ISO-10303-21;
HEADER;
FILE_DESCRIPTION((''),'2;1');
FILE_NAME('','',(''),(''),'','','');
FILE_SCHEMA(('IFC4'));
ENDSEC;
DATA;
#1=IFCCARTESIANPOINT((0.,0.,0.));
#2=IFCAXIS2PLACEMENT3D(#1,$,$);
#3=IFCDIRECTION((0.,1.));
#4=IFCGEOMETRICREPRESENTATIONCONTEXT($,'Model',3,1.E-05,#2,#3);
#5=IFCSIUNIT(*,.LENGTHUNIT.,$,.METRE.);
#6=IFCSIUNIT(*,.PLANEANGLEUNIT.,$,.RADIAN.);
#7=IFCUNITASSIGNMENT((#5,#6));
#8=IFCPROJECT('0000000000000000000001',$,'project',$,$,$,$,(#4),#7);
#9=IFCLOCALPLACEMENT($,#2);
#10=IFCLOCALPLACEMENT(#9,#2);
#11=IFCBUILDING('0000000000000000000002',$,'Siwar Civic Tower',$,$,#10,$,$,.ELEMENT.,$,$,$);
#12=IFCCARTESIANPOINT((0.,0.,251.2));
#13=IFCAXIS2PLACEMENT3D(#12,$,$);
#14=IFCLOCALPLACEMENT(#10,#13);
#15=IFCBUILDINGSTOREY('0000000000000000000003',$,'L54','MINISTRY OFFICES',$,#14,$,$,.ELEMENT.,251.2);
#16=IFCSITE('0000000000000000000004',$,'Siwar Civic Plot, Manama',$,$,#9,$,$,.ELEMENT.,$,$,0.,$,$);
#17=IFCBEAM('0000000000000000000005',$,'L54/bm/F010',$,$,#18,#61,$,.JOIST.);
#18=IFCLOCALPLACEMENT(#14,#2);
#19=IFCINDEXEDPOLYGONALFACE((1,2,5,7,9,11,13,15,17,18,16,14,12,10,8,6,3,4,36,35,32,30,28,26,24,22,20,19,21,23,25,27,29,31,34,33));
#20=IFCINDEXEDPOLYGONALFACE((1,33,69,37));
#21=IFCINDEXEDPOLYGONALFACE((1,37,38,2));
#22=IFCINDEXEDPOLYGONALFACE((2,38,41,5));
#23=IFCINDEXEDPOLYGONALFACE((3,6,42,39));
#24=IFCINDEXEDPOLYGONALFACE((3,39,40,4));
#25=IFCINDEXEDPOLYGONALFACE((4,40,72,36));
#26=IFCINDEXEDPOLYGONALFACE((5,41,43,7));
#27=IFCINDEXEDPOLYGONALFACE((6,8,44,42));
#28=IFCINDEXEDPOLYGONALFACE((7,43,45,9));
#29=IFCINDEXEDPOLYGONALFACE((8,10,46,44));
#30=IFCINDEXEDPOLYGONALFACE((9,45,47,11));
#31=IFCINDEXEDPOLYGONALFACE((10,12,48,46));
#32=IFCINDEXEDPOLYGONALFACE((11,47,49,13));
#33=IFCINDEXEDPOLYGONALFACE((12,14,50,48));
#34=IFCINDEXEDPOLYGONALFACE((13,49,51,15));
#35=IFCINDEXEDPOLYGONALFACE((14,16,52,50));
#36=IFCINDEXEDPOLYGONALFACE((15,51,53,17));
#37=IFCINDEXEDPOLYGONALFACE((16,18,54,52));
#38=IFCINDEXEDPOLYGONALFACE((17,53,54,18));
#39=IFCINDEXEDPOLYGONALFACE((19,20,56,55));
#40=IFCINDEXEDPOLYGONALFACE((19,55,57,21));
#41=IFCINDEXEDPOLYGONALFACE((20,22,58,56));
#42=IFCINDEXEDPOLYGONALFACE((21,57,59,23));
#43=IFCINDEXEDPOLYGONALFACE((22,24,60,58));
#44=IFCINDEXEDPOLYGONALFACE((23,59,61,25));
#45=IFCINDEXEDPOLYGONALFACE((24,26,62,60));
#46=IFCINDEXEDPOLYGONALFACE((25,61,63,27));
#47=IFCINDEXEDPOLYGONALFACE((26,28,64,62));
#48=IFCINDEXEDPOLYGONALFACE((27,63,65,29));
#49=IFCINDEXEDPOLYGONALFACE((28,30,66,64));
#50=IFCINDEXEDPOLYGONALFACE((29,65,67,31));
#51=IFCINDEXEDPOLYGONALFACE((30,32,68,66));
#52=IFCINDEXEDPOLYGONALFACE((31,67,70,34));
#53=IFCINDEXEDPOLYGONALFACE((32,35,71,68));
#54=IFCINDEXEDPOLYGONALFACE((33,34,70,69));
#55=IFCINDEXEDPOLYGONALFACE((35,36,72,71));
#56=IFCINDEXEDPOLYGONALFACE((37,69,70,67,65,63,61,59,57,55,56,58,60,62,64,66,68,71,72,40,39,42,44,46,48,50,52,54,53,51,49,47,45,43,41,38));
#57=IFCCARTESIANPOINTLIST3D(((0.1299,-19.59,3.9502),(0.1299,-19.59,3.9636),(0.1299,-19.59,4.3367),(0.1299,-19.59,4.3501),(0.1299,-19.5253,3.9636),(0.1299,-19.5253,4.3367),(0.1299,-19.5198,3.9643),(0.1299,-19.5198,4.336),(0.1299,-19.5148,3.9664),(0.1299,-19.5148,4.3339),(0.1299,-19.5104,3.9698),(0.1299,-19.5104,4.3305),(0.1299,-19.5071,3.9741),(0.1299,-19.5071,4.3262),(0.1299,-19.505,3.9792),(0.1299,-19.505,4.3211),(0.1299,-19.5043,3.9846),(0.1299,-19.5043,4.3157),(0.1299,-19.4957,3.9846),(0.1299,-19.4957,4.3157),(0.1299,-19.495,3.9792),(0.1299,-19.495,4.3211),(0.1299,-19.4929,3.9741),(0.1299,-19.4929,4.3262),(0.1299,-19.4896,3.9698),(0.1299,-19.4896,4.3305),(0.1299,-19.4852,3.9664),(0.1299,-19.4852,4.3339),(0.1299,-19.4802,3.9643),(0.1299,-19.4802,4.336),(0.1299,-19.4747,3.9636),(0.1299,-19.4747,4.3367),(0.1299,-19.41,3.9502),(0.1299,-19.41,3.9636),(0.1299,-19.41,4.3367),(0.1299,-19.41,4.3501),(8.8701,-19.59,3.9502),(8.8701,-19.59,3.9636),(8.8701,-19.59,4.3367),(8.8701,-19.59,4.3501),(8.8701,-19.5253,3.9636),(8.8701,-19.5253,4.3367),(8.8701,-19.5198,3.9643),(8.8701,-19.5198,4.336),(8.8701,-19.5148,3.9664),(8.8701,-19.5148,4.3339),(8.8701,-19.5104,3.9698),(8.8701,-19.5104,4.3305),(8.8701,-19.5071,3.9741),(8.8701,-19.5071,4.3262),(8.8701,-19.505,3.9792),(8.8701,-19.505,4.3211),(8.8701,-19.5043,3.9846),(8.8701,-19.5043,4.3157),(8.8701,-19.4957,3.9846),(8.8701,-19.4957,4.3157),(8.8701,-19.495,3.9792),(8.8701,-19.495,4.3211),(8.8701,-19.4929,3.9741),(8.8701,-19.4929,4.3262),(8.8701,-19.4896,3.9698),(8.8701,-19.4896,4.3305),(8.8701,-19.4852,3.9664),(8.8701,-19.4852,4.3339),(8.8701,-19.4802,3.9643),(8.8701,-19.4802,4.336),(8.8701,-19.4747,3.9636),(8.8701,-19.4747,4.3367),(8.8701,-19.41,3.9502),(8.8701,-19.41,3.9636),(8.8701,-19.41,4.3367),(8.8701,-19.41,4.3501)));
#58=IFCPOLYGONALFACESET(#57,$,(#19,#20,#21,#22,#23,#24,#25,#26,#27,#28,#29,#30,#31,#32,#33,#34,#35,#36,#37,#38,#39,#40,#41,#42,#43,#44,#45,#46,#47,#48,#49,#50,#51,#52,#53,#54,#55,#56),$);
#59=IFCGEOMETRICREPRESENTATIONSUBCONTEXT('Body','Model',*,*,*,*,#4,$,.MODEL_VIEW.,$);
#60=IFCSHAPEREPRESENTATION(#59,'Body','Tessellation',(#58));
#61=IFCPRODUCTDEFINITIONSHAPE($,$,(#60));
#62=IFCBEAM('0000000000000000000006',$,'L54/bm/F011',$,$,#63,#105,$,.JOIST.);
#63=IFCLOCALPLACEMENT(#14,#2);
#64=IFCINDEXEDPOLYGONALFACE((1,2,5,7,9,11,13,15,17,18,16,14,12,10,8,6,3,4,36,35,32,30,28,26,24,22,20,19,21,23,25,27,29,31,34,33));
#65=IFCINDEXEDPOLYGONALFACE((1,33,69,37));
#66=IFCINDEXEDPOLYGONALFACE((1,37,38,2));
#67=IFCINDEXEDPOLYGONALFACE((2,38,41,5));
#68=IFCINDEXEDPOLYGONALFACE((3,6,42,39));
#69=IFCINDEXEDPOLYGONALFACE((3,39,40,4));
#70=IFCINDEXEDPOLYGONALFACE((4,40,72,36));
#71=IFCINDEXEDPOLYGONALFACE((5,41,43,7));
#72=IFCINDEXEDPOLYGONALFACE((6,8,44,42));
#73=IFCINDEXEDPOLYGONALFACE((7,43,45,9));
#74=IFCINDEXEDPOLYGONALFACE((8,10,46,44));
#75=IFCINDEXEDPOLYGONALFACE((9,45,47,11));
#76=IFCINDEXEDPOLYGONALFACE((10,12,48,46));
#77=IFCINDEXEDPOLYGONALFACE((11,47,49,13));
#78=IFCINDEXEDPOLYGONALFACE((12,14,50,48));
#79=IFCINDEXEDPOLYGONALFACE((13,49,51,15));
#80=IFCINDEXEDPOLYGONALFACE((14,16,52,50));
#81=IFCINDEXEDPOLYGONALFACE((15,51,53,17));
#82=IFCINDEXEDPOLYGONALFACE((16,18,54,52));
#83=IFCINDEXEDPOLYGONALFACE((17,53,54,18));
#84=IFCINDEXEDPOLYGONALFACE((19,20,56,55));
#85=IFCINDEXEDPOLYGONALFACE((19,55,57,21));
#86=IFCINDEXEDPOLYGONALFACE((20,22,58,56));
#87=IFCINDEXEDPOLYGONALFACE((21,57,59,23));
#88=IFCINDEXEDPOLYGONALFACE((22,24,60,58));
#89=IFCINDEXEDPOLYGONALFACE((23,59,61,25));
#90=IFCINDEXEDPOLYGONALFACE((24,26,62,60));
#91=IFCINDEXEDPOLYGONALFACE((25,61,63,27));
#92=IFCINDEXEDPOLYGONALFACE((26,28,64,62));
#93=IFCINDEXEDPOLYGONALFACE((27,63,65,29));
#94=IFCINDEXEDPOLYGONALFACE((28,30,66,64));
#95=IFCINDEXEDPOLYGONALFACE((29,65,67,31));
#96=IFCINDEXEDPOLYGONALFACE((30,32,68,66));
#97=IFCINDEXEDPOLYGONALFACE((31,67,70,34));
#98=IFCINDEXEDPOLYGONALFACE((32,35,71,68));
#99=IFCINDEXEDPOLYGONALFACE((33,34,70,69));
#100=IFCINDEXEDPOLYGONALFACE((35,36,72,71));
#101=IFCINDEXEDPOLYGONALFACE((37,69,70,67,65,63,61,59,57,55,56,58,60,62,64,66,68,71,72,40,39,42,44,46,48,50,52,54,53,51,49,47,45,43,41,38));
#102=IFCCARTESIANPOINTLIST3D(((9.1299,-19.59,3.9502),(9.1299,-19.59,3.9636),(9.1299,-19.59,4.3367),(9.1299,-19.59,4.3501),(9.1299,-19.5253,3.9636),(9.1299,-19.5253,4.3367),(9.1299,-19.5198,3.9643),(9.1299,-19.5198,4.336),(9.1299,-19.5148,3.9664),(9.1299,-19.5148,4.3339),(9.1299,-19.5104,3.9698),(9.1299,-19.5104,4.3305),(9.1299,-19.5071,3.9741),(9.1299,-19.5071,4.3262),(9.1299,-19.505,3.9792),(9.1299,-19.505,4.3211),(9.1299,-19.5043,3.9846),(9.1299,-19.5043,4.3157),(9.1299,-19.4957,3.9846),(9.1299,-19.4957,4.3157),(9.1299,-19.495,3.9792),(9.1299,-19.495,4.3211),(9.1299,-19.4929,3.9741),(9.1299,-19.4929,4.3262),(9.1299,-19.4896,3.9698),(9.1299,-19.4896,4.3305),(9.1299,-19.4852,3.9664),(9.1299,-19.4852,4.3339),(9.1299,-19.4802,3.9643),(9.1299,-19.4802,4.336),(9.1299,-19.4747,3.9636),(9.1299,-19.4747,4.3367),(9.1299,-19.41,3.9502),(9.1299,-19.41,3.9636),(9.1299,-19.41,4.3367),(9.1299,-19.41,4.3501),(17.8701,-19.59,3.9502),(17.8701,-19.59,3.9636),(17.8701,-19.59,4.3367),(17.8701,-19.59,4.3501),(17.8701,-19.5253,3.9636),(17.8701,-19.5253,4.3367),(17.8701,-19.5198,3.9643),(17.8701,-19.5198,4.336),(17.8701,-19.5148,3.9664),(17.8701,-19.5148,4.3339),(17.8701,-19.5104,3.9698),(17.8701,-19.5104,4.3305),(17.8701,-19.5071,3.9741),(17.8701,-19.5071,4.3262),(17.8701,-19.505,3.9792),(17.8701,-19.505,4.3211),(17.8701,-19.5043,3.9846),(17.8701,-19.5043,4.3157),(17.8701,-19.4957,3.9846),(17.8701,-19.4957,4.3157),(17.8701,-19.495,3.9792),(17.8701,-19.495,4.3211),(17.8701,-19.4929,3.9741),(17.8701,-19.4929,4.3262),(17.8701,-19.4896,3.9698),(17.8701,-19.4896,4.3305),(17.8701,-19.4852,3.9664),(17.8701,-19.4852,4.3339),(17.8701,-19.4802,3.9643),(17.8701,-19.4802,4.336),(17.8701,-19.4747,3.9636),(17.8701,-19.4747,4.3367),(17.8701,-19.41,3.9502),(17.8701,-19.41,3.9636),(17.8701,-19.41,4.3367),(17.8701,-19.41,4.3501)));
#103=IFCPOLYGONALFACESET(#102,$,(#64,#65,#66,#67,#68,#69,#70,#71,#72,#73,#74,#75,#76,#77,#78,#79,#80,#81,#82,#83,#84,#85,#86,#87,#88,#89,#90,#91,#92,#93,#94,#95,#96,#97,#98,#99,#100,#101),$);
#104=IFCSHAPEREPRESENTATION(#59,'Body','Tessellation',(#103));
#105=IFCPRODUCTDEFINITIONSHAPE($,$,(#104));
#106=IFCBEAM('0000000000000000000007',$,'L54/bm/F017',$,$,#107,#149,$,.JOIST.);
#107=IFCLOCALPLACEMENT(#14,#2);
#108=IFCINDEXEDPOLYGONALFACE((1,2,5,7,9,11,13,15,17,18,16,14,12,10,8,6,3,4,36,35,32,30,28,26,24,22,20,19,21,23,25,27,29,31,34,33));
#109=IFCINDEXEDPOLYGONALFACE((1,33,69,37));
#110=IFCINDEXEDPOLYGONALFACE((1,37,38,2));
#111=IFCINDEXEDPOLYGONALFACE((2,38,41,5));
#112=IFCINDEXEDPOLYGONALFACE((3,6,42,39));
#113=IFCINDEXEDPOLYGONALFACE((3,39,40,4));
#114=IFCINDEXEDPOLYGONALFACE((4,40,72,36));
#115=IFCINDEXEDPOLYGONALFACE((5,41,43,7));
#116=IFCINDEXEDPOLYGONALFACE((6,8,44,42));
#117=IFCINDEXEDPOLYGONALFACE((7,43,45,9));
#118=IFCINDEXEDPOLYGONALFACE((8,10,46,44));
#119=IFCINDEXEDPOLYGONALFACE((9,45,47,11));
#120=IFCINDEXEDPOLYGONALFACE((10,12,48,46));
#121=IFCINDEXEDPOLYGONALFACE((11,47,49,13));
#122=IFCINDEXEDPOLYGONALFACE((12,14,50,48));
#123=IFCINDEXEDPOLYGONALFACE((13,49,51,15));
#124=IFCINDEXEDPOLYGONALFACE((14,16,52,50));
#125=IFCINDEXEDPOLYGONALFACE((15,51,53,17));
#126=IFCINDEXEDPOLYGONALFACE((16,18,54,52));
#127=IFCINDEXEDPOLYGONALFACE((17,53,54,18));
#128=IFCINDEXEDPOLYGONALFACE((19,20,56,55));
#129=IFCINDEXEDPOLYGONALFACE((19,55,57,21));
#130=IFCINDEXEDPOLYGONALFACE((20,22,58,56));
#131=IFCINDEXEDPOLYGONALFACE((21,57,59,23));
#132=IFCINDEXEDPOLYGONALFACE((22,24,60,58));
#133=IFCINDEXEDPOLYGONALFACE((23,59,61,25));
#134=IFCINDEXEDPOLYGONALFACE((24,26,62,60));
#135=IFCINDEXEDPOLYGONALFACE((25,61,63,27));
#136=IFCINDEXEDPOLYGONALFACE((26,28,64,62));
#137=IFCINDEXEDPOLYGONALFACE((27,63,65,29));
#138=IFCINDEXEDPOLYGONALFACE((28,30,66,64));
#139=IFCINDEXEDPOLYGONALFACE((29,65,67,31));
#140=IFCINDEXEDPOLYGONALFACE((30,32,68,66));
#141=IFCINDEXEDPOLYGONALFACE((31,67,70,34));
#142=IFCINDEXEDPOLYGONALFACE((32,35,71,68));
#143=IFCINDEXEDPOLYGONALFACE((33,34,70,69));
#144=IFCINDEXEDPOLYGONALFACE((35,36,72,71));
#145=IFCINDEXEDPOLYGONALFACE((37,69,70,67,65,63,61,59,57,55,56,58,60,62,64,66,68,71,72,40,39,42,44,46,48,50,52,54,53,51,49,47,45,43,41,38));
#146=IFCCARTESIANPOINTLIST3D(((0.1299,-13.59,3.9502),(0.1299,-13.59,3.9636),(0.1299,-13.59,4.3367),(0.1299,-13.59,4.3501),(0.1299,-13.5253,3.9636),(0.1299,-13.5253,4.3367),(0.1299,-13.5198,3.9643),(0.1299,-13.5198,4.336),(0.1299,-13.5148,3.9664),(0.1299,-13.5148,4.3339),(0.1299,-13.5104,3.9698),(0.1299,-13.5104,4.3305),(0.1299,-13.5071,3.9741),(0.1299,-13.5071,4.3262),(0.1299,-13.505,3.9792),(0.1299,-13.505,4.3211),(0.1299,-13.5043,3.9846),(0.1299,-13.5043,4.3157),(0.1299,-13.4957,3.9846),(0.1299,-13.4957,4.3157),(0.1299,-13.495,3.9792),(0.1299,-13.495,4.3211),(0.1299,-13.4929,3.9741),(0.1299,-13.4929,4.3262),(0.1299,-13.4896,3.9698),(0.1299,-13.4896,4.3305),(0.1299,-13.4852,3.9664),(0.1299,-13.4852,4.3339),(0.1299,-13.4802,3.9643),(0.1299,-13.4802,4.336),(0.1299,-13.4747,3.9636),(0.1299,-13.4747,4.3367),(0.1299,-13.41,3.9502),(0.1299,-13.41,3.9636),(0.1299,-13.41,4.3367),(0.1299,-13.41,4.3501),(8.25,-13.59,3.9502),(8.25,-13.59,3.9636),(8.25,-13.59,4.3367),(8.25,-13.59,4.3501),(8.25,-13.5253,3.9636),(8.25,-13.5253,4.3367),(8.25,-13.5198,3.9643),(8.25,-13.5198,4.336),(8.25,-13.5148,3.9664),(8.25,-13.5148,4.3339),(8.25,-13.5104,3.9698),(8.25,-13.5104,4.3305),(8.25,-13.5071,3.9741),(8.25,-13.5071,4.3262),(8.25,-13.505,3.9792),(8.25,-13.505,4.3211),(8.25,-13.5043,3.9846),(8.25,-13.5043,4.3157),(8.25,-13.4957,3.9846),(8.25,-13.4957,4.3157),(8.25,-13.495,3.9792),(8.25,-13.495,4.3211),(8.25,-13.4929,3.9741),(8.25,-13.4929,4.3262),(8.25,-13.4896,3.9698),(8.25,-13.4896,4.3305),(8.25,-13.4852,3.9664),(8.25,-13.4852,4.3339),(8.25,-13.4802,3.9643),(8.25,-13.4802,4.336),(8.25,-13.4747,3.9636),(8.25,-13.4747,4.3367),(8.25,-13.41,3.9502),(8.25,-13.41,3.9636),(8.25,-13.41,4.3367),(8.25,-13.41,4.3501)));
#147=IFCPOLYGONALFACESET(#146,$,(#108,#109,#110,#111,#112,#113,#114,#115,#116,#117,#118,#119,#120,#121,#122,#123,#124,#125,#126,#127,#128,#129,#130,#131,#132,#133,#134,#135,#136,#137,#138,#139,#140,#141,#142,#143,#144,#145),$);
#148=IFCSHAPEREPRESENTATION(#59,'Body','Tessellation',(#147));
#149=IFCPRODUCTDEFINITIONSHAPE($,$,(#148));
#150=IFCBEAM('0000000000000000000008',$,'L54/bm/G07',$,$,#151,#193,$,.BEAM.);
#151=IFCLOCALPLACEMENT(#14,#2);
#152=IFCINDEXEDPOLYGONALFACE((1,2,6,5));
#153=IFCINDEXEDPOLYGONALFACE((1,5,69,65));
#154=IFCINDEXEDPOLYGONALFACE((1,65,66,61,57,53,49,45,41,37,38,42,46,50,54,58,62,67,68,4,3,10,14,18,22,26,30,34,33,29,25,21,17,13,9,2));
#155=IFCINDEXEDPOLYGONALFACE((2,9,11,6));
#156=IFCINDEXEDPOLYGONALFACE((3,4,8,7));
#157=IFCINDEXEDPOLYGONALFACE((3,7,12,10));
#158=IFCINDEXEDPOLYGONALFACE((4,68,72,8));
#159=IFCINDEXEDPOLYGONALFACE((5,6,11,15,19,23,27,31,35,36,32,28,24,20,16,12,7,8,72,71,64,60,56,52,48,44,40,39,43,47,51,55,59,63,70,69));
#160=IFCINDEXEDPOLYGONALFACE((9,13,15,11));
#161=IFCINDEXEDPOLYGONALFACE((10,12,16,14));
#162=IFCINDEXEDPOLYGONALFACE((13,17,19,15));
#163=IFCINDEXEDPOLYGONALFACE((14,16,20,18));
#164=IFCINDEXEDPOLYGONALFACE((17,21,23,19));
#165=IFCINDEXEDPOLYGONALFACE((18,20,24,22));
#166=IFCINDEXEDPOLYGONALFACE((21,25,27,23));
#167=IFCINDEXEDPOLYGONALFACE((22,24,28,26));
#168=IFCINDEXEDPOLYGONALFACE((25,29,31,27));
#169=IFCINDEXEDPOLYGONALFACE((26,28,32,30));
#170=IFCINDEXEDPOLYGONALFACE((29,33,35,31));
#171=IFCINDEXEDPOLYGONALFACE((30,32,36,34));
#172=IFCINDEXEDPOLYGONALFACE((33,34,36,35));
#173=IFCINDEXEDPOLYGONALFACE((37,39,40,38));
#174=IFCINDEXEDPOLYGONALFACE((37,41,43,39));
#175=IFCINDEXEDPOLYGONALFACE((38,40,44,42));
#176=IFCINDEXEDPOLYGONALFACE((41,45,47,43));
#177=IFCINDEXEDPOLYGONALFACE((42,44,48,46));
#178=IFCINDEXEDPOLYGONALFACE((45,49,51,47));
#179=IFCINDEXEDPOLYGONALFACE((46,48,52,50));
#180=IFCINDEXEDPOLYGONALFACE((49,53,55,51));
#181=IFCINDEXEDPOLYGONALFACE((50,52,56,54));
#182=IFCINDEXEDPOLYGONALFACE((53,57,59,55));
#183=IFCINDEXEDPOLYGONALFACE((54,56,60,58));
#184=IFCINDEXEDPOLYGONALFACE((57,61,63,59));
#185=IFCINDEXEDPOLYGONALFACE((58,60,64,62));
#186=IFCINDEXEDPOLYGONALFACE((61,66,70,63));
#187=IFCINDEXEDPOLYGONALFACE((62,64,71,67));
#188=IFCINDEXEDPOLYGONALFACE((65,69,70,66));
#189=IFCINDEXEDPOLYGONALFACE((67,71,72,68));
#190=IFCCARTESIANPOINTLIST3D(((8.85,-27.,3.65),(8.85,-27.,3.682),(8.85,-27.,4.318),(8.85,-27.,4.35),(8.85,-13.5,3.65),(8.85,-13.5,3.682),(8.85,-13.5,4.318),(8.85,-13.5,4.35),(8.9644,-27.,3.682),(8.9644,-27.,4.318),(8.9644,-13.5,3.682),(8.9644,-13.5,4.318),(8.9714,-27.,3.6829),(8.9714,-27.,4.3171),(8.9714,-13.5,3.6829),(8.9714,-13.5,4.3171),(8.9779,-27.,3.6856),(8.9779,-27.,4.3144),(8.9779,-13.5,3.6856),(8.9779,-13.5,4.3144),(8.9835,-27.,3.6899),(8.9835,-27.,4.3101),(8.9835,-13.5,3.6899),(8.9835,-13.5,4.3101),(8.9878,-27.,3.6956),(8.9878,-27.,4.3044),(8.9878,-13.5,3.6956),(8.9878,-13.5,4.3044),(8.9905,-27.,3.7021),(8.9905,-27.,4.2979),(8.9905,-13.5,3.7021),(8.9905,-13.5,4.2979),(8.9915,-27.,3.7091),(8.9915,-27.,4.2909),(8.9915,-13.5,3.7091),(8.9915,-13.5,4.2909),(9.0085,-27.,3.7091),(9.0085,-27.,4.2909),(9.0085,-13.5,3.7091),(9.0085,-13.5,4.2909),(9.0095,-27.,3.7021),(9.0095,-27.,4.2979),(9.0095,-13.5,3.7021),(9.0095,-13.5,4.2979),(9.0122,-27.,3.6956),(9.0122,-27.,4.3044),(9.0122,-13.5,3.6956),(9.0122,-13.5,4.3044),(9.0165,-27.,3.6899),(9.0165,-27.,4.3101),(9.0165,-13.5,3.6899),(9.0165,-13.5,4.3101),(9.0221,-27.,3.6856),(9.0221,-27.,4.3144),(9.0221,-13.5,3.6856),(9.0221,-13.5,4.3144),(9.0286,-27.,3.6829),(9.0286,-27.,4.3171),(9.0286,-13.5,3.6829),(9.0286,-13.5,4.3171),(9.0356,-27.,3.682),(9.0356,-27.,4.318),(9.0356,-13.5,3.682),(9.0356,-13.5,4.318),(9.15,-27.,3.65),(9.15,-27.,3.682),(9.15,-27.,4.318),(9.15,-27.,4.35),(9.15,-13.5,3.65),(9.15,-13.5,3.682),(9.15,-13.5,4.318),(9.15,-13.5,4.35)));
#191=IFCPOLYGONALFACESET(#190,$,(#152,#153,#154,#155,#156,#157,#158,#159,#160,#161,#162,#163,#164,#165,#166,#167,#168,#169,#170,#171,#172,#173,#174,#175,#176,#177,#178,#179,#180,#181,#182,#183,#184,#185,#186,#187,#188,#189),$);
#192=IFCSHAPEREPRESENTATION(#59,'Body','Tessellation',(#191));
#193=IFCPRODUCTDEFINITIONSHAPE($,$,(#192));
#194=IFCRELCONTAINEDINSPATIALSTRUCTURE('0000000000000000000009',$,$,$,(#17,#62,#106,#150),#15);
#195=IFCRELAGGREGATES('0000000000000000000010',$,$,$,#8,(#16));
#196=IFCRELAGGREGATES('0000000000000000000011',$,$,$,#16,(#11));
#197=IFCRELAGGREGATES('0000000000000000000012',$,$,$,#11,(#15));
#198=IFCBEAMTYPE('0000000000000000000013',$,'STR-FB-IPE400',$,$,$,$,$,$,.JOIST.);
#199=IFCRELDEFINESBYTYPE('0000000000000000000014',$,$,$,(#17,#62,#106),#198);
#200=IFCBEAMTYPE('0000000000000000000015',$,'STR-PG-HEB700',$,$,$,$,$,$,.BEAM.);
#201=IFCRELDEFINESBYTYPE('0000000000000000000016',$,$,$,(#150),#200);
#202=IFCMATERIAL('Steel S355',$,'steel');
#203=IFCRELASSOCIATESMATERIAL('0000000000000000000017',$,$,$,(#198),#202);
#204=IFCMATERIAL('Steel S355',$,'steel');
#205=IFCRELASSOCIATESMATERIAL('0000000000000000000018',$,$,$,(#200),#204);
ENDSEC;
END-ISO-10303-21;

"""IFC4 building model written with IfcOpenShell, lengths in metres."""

from ifc_helpers import new_model, si_unit, direction, frame, origin, origin_2d, place, context, subcontext, project, spatial, i_section, extrude, material, material_profile, profile_set, type_object, element, save


model = new_model("IFC4")

# Units and contexts
model_context = context("Model", 3, precision=1e-05, world=origin(), true_north=direction((0.0, 1.0)))
body_context = subcontext(model_context, "Body", "Model", "MODEL_VIEW")
ifc_project = project(units=[si_unit("LENGTHUNIT", "METRE"), si_unit("PLANEANGLEUNIT", "RADIAN")], contexts=[model_context])

# Site, building, storey
site_placement = place(None, origin())
site = spatial("IfcSite", under=ifc_project, at=site_placement, Name="Siwar Civic Plot, Manama", CompositionType="ELEMENT", RefElevation=0.0)
building_placement = place(site_placement, origin())
building = spatial("IfcBuilding", under=site, at=building_placement, Name="Siwar Civic Tower", CompositionType="ELEMENT")
storey_placement = place(building_placement, frame((0.0, 0.0, 251.2)))
storey = spatial("IfcBuildingStorey", under=building, at=storey_placement, Name="L54", Description="MINISTRY OFFICES", CompositionType="ELEMENT", Elevation=251.2)

# Beams
ifc_material_1 = material(Name="Steel S355", Category="steel")
ifc_material_profile_1 = material_profile(ifc_material_1, i_section(OverallWidth=0.1799, OverallDepth=0.3999, WebThickness=0.0085, FlangeThickness=0.0134, FilletRadius=0.021, at=origin_2d()), Name="IPE400")
ifc_profile_set_1 = profile_set([ifc_material_profile_1], Name="Steel S355")
beam_type_1 = type_object("IfcBeamType", Name="STR-FB-IPE400", PredefinedType="JOIST", material=ifc_profile_set_1)
for number, where, z_axis, x_axis, name in (
    (1, (0.1299, -19.5, 4.1501), (1.0, 0.0, 0.0), (0.0, 1.0, 0.0), "L54/bm/F010"),
    (2, (9.1299, -19.5, 4.1501), (1.0, 0.0, 0.0), (0.0, 1.0, 0.0), "L54/bm/F011"),
):
    element("IfcBeam", number, at=place(storey_placement, frame(where, z_axis=z_axis, x_axis=x_axis)), inside=storey, type_object=beam_type_1, Name=name, PredefinedType="JOIST", context=body_context, shape_type="SweptSolid", body=[
        extrude(i_section(OverallWidth=0.1799, OverallDepth=0.3999, WebThickness=0.0085, FlangeThickness=0.0134, FilletRadius=0.021, at=origin_2d()), origin(), (0.0, 0.0, 1.0), 8.7402),
    ])
beam_1_placement = place(storey_placement, frame((0.1299, -13.5, 4.1501), z_axis=(1.0, 0.0, 0.0), x_axis=(0.0, 1.0, 0.0)))
element("IfcBeam", 3, at=beam_1_placement, inside=storey, type_object=beam_type_1, Name="L54/bm/F017", PredefinedType="JOIST", context=body_context, shape_type="SweptSolid", body=[
    extrude(i_section(OverallWidth=0.1799, OverallDepth=0.3999, WebThickness=0.0085, FlangeThickness=0.0134, FilletRadius=0.021, at=origin_2d()), origin(), (0.0, 0.0, 1.0), 8.1201),
])
ifc_material_2 = material(Name="Steel S355", Category="steel")
ifc_material_profile_2 = material_profile(ifc_material_2, i_section(OverallWidth=0.3, OverallDepth=0.7, WebThickness=0.0171, FlangeThickness=0.032, FilletRadius=0.0271, at=origin_2d()), Name="HEB700")
ifc_profile_set_2 = profile_set([ifc_material_profile_2], Name="Steel S355")
beam_type_2 = type_object("IfcBeamType", Name="STR-PG-HEB700", PredefinedType="BEAM", material=ifc_profile_set_2)
beam_2_placement = place(storey_placement, frame((9.0, -27.0, 4.0), z_axis=(0.0, 1.0, 0.0), x_axis=(-1.0, 0.0, 0.0)))
element("IfcBeam", 4, at=beam_2_placement, inside=storey, type_object=beam_type_2, Name="L54/bm/G07", PredefinedType="BEAM", context=body_context, shape_type="SweptSolid", body=[
    extrude(i_section(OverallWidth=0.3, OverallDepth=0.7, WebThickness=0.0171, FlangeThickness=0.032, FilletRadius=0.0271, at=origin_2d()), origin(), (0.0, 0.0, 1.0), 13.5),
])

save(model, "model.ifc")
